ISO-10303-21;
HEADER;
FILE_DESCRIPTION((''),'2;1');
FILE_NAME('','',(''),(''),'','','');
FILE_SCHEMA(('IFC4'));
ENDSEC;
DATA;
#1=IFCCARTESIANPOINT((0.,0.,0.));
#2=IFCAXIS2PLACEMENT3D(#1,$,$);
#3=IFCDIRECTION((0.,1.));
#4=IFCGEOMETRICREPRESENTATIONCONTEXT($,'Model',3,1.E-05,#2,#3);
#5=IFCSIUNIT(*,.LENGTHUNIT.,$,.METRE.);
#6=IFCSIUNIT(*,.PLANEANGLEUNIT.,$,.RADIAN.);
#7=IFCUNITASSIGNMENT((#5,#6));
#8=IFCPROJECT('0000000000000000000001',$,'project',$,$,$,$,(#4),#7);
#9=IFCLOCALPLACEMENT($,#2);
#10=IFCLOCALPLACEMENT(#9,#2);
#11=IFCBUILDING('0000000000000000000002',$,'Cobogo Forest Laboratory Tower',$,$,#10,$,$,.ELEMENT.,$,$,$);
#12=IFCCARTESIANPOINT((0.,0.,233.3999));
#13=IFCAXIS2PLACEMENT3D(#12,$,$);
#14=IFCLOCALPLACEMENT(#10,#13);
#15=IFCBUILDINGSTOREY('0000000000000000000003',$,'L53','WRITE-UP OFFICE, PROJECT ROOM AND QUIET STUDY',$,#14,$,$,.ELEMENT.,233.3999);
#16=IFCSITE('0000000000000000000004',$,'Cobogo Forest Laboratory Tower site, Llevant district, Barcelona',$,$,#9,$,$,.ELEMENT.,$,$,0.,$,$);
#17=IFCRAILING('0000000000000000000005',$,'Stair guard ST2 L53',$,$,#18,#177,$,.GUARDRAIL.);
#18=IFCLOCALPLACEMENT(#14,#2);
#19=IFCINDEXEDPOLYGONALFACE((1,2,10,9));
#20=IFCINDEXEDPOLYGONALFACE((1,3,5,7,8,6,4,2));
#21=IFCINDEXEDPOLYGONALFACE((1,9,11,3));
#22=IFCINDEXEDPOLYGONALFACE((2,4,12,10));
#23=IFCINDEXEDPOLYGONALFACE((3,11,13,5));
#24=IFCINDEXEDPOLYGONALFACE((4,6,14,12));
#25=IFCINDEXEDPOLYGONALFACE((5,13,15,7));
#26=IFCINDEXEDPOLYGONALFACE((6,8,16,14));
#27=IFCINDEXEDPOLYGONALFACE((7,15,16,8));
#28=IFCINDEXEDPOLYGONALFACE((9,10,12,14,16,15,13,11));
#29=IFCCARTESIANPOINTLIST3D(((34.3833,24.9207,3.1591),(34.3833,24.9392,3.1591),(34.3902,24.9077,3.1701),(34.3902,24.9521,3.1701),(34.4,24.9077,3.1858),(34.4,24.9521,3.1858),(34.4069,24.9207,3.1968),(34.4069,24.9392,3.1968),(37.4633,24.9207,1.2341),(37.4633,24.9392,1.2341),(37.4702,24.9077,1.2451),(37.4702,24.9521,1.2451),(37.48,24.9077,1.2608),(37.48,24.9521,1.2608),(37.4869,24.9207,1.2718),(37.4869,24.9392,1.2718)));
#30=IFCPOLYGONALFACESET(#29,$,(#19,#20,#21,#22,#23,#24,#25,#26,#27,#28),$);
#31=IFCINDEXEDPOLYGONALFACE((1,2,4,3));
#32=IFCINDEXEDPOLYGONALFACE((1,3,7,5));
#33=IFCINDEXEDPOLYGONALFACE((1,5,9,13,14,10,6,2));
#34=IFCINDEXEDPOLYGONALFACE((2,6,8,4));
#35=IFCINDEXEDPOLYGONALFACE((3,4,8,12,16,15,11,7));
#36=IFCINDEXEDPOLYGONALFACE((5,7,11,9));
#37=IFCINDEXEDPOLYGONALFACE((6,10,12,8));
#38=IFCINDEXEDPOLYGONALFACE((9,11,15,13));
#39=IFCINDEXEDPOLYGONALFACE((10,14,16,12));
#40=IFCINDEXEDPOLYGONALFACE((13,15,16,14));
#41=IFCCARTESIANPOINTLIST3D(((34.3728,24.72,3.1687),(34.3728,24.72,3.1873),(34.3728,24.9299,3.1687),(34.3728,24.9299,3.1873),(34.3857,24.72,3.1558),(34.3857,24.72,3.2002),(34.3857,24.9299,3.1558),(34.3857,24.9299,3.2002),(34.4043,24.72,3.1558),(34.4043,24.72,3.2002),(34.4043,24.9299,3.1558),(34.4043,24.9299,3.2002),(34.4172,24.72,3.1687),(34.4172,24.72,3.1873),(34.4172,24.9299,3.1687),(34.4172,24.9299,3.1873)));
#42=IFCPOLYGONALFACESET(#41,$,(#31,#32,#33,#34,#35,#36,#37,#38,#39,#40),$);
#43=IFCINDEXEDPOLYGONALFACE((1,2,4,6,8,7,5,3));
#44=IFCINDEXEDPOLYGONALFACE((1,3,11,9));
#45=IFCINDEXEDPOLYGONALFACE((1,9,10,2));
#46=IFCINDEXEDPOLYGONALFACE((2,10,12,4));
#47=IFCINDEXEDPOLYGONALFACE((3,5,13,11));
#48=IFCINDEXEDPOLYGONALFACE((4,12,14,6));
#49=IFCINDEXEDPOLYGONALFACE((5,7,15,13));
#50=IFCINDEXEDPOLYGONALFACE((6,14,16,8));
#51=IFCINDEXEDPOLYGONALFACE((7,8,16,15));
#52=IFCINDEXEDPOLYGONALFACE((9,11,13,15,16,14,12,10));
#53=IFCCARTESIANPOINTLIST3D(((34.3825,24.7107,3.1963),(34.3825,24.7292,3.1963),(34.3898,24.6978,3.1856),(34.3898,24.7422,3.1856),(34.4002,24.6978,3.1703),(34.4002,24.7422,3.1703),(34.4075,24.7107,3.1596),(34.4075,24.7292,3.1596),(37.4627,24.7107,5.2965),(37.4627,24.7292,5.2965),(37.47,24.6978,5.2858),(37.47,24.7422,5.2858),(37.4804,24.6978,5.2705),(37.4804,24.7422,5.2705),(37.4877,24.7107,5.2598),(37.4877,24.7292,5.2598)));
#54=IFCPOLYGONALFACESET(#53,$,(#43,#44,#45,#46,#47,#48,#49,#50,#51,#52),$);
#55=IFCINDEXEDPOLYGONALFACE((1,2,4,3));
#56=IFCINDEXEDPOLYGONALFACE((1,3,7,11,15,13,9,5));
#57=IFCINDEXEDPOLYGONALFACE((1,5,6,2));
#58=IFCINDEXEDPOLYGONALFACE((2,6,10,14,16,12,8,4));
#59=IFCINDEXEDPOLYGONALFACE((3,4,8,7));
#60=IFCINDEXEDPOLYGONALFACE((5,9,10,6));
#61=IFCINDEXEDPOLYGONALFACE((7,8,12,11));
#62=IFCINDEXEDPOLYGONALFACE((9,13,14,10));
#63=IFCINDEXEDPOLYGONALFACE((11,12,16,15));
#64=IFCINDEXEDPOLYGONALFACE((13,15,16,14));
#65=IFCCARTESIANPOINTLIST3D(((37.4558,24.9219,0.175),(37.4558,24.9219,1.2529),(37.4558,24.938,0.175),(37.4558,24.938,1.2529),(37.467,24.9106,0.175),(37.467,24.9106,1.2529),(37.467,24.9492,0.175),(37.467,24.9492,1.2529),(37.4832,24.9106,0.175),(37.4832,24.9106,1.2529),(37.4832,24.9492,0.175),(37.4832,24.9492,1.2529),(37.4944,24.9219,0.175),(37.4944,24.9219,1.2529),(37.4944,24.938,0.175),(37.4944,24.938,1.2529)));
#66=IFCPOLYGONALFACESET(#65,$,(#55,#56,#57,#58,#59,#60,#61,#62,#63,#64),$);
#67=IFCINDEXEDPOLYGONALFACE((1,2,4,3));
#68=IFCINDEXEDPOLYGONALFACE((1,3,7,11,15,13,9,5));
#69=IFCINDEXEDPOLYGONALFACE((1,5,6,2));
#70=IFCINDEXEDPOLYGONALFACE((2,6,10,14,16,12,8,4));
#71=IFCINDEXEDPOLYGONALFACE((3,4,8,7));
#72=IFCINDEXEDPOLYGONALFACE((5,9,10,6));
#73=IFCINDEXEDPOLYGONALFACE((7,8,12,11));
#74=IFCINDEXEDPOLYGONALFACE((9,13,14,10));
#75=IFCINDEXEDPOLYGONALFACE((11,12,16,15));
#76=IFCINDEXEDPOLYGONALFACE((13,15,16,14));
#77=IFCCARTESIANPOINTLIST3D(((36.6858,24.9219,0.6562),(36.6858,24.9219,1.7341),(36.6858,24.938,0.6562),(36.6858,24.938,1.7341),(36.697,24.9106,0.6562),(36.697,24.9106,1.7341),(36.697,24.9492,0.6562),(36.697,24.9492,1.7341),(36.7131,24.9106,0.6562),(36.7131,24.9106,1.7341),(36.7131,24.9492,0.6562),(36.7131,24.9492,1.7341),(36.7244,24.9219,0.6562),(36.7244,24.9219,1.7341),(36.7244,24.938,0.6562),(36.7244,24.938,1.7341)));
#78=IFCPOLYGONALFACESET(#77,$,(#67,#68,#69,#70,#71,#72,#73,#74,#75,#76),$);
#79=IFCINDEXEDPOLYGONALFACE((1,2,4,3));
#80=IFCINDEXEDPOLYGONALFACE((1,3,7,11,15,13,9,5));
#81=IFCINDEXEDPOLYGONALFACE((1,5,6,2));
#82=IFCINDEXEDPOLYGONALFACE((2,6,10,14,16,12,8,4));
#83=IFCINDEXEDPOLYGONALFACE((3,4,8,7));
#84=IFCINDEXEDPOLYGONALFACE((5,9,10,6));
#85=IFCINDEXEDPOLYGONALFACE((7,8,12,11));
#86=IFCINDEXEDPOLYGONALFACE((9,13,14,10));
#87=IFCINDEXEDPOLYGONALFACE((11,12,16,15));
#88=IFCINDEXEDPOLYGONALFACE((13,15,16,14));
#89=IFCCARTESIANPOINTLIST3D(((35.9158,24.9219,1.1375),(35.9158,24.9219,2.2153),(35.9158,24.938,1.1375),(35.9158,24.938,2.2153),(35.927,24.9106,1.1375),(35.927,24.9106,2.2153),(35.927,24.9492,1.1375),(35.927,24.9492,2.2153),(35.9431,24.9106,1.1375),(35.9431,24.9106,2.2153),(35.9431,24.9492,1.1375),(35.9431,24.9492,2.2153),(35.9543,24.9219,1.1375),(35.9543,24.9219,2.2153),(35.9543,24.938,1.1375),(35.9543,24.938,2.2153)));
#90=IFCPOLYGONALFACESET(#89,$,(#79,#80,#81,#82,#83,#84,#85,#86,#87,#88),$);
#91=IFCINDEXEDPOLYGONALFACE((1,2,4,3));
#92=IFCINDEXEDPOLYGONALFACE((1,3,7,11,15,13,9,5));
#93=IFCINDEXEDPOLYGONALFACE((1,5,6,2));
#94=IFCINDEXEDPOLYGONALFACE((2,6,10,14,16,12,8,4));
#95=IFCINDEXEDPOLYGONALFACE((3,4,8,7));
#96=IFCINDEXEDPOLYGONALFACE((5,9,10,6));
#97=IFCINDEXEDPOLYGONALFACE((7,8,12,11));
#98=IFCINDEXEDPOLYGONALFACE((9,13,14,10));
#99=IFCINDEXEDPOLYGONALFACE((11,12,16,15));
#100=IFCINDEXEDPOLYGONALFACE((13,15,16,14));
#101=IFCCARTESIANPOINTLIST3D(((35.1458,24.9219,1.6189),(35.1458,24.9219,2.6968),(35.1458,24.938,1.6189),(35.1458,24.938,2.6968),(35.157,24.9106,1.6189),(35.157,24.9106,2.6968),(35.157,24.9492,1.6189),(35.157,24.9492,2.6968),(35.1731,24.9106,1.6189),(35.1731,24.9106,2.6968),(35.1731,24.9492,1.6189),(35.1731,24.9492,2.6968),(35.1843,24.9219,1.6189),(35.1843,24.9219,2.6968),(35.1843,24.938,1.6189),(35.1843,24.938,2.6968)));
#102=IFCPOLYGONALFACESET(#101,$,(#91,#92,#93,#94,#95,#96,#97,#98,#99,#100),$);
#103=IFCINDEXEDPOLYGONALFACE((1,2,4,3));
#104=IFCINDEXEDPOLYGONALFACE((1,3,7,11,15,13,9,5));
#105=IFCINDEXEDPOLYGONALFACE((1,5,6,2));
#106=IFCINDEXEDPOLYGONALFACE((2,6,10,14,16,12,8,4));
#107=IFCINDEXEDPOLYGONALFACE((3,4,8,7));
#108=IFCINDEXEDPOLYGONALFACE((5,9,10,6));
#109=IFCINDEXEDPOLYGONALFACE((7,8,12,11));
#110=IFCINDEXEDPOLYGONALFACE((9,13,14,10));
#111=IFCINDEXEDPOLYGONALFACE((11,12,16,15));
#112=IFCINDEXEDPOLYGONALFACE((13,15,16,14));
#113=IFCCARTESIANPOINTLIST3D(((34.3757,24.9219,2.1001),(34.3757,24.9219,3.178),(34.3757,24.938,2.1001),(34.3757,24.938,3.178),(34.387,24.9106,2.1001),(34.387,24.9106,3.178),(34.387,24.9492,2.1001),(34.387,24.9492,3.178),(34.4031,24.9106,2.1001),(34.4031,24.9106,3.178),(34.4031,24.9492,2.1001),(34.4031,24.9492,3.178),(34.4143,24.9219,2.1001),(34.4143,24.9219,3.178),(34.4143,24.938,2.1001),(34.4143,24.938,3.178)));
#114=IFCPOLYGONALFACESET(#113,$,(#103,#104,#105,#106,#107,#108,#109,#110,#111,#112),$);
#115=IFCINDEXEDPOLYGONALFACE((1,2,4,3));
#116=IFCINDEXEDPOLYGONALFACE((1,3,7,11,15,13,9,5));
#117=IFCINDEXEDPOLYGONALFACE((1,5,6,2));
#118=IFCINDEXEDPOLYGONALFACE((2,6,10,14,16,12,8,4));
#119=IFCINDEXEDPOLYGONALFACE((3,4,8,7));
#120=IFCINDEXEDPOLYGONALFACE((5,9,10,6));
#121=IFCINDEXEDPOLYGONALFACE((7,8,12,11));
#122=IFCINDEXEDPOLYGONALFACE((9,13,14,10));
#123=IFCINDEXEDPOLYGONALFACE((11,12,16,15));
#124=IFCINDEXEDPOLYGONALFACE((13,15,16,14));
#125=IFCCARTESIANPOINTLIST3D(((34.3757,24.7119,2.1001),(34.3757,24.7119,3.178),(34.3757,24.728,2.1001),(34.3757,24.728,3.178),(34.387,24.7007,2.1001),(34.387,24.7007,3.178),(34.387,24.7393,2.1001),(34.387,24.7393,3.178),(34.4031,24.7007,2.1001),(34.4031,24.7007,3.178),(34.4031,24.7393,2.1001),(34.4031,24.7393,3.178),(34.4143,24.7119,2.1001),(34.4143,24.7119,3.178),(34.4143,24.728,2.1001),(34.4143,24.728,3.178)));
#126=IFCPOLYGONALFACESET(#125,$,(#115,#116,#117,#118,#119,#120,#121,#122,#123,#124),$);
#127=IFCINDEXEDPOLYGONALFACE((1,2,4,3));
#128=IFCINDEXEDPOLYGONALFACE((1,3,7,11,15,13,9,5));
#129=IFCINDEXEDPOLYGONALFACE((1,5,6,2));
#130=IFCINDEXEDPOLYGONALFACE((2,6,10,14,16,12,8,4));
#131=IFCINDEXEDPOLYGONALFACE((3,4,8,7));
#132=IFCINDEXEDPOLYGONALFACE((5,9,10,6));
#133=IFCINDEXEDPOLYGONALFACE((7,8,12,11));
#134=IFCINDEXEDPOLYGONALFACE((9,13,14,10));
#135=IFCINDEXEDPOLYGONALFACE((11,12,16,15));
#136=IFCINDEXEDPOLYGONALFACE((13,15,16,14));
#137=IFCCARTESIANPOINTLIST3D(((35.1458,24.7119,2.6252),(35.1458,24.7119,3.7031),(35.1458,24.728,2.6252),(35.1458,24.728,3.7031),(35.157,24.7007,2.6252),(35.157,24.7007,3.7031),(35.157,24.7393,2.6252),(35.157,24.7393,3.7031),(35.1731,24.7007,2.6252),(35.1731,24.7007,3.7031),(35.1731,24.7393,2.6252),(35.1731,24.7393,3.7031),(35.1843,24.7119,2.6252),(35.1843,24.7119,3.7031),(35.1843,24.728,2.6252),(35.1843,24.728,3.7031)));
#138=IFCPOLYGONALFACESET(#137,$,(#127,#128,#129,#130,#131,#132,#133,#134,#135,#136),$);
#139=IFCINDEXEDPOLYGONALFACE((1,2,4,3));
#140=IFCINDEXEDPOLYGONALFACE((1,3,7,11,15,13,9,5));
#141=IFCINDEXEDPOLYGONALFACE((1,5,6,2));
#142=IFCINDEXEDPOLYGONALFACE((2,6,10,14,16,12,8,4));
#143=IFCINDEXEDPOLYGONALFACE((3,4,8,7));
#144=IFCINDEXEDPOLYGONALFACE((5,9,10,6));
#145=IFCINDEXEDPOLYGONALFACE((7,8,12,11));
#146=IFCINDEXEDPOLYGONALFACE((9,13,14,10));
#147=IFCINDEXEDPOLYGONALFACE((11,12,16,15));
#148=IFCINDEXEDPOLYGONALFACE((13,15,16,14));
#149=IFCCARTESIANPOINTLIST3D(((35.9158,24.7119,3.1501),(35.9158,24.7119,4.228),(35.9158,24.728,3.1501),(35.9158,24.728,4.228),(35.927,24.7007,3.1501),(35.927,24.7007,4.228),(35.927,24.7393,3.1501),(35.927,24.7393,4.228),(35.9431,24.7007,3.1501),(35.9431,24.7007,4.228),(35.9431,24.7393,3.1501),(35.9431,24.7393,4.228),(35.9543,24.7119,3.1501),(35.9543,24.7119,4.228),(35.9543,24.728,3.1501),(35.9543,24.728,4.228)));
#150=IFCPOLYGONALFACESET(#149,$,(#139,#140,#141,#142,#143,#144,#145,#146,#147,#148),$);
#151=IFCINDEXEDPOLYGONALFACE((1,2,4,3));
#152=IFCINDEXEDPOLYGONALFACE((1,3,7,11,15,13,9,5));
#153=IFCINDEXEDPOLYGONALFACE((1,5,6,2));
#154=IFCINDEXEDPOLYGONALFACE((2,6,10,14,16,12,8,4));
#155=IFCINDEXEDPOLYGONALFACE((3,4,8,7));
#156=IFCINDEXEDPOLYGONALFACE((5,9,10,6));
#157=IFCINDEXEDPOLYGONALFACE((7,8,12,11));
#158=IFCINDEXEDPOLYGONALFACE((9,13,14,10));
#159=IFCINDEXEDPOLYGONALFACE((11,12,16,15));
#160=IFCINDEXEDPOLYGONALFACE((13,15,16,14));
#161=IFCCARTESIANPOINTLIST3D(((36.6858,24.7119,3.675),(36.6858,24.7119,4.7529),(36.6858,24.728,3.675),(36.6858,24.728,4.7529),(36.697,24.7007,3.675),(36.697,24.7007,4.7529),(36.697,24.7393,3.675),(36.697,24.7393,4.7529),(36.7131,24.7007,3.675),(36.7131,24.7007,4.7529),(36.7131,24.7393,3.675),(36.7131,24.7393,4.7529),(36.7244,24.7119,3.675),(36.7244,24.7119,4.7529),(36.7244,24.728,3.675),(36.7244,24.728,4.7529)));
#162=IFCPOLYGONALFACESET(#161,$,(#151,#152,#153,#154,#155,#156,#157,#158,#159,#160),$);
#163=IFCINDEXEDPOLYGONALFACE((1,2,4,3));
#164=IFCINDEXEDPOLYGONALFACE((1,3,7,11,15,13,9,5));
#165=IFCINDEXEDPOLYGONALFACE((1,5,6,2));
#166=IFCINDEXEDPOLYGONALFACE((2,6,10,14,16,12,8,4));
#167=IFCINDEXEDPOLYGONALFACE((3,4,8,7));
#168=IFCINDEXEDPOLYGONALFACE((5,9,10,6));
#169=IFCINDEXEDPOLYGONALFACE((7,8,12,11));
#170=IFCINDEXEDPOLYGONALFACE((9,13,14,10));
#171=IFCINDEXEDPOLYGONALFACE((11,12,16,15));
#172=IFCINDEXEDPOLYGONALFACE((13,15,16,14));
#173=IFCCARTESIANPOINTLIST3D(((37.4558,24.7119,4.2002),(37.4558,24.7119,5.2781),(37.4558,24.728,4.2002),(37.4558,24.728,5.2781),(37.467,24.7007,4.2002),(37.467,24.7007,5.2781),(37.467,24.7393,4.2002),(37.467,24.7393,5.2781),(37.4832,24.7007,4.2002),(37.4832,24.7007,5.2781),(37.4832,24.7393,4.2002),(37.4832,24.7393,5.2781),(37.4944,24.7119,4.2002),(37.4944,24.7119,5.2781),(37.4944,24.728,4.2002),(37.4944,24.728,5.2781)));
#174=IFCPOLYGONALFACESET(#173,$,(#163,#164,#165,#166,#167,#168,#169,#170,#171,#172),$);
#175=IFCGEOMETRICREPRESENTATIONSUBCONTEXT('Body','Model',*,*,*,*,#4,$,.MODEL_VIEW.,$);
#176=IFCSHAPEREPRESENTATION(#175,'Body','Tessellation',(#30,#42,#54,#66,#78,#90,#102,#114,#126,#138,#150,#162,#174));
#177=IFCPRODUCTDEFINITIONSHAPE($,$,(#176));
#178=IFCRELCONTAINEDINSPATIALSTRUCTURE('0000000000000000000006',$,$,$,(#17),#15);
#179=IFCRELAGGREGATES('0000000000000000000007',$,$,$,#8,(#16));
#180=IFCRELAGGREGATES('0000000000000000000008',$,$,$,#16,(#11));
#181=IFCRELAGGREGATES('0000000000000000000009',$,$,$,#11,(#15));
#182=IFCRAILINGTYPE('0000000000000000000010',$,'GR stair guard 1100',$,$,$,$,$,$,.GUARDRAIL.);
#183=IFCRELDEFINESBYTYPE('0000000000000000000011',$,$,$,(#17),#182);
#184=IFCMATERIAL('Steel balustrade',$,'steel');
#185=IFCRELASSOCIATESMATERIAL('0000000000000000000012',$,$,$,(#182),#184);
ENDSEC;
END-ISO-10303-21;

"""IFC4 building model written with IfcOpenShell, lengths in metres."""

from ifc_helpers import new_model, si_unit, direction, frame, origin, place, context, subcontext, project, spatial, polyline, outline, extrude, material, type_object, element, save


model = new_model("IFC4")

# Units and contexts
model_context = context("Model", 3, precision=1e-05, world=origin(), true_north=direction((0.0, 1.0)))
body_context = subcontext(model_context, "Body", "Model", "MODEL_VIEW")
ifc_project = project(units=[si_unit("LENGTHUNIT", "METRE"), si_unit("PLANEANGLEUNIT", "RADIAN")], contexts=[model_context])

# Site, building, storey
site_placement = place(None, origin())
site = spatial("IfcSite", under=ifc_project, at=site_placement, Name="Cobogo Forest Laboratory Tower site, Llevant district, Barcelona", CompositionType="ELEMENT", RefElevation=0.0)
building_placement = place(site_placement, origin())
building = spatial("IfcBuilding", under=site, at=building_placement, Name="Cobogo Forest Laboratory Tower", CompositionType="ELEMENT")
storey_placement = place(building_placement, frame((0.0, 0.0, 233.3999)))
storey = spatial("IfcBuildingStorey", under=building, at=storey_placement, Name="L53", Description="WRITE-UP OFFICE, PROJECT ROOM AND QUIET STUDY", CompositionType="ELEMENT", Elevation=233.3999)

# Railing
ifc_material_1 = material(Name="Steel balustrade", Category="steel")
railing_type_1 = type_object("IfcRailingType", Name="GR stair guard 1100", PredefinedType="GUARDRAIL", material=ifc_material_1)
railing_1_placement = place(storey_placement, frame((37.4751, 24.9299, 0.175)))
element("IfcRailing", 1, at=railing_1_placement, inside=storey, type_object=railing_type_1, Name="Stair guard ST2 L53", PredefinedType="GUARDRAIL", context=body_context, shape_type="SweptSolid", body=[
    extrude(outline(polyline([(0.0222, 0.0093), (0.0093, 0.0222), (-0.0093, 0.0222), (-0.0222, 0.0093), (-0.0222, -0.0093), (-0.0093, -0.0222), (0.0093, -0.0222), (0.0222, -0.0093), (0.0222, 0.0093)])), frame((0.0, 0.0, 1.0779), z_axis=(-0.847998, 0.0, 0.529999), x_axis=(0.0, -1.0, 0.0)), (0.0, 0.0, 1.0), 3.6321),
    extrude(outline(polyline([(0.0222, 0.0093), (0.0093, 0.0222), (-0.0093, 0.0222), (-0.0222, 0.0093), (-0.0222, -0.0093), (-0.0093, -0.0222), (0.0093, -0.0222), (0.0222, -0.0093), (0.0222, 0.0093)])), frame((-3.0801, 0.0, 3.0029), z_axis=(0.0, -1.0, 0.0), x_axis=(1.0, 0.0, 0.0)), (0.0, 0.0, 1.0), 0.21),
    extrude(outline(polyline([(0.0222, 0.0093), (0.0093, 0.0222), (-0.0093, 0.0222), (-0.0222, 0.0093), (-0.0222, -0.0093), (-0.0093, -0.0222), (0.0093, -0.0222), (0.0222, -0.0093), (0.0222, 0.0093)])), frame((-3.0801, -0.21, 3.0029), z_axis=(0.826222, 0.0, 0.563345), x_axis=(0.0, 1.0, 0.0)), (0.0, 0.0, 1.0), 3.728),
    extrude(outline(polyline([(0.0193, 0.0081), (0.0081, 0.0193), (-0.0081, 0.0193), (-0.0193, 0.0081), (-0.0193, -0.0081), (-0.0081, -0.0193), (0.0081, -0.0193), (0.0193, -0.0081), (0.0193, 0.0081)])), origin(), (0.0, 0.0, 1.0), 1.0779),
    extrude(outline(polyline([(0.0193, 0.0081), (0.0081, 0.0193), (-0.0081, 0.0193), (-0.0193, 0.0081), (-0.0193, -0.0081), (-0.0081, -0.0193), (0.0081, -0.0193), (0.0193, -0.0081), (0.0193, 0.0081)])), frame((-0.77, 0.0, 0.4812)), (0.0, 0.0, 1.0), 1.0779),
    extrude(outline(polyline([(0.0193, 0.0081), (0.0081, 0.0193), (-0.0081, 0.0193), (-0.0193, 0.0081), (-0.0193, -0.0081), (-0.0081, -0.0193), (0.0081, -0.0193), (0.0193, -0.0081), (0.0193, 0.0081)])), frame((-1.54, 0.0, 0.9624)), (0.0, 0.0, 1.0), 1.0779),
    extrude(outline(polyline([(0.0193, 0.0081), (0.0081, 0.0193), (-0.0081, 0.0193), (-0.0193, 0.0081), (-0.0193, -0.0081), (-0.0081, -0.0193), (0.0081, -0.0193), (0.0193, -0.0081), (0.0193, 0.0081)])), frame((-2.3101, 0.0, 1.4438)), (0.0, 0.0, 1.0), 1.0779),
    extrude(outline(polyline([(0.0193, 0.0081), (0.0081, 0.0193), (-0.0081, 0.0193), (-0.0193, 0.0081), (-0.0193, -0.0081), (-0.0081, -0.0193), (0.0081, -0.0193), (0.0193, -0.0081), (0.0193, 0.0081)])), frame((-3.0801, 0.0, 1.925)), (0.0, 0.0, 1.0), 1.0779),
    extrude(outline(polyline([(0.0193, 0.0081), (0.0081, 0.0193), (-0.0081, 0.0193), (-0.0193, 0.0081), (-0.0193, -0.0081), (-0.0081, -0.0193), (0.0081, -0.0193), (0.0193, -0.0081), (0.0193, 0.0081)])), frame((-3.0801, -0.21, 1.925)), (0.0, 0.0, 1.0), 1.0779),
    extrude(outline(polyline([(0.0193, 0.0081), (0.0081, 0.0193), (-0.0081, 0.0193), (-0.0193, 0.0081), (-0.0193, -0.0081), (-0.0081, -0.0193), (0.0081, -0.0193), (0.0193, -0.0081), (0.0193, 0.0081)])), frame((-2.3101, -0.21, 2.4502)), (0.0, 0.0, 1.0), 1.0779),
    extrude(outline(polyline([(0.0193, 0.0081), (0.0081, 0.0193), (-0.0081, 0.0193), (-0.0193, 0.0081), (-0.0193, -0.0081), (-0.0081, -0.0193), (0.0081, -0.0193), (0.0193, -0.0081), (0.0193, 0.0081)])), frame((-1.54, -0.21, 2.9751)), (0.0, 0.0, 1.0), 1.0779),
    extrude(outline(polyline([(0.0193, 0.0081), (0.0081, 0.0193), (-0.0081, 0.0193), (-0.0193, 0.0081), (-0.0193, -0.0081), (-0.0081, -0.0193), (0.0081, -0.0193), (0.0193, -0.0081), (0.0193, 0.0081)])), frame((-0.77, -0.21, 3.5)), (0.0, 0.0, 1.0), 1.0779),
    extrude(outline(polyline([(0.0193, 0.0081), (0.0081, 0.0193), (-0.0081, 0.0193), (-0.0193, 0.0081), (-0.0193, -0.0081), (-0.0081, -0.0193), (0.0081, -0.0193), (0.0193, -0.0081), (0.0193, 0.0081)])), frame((0.0, -0.21, 4.0251)), (0.0, 0.0, 1.0), 1.0779),
])

save(model, "model.ifc")
